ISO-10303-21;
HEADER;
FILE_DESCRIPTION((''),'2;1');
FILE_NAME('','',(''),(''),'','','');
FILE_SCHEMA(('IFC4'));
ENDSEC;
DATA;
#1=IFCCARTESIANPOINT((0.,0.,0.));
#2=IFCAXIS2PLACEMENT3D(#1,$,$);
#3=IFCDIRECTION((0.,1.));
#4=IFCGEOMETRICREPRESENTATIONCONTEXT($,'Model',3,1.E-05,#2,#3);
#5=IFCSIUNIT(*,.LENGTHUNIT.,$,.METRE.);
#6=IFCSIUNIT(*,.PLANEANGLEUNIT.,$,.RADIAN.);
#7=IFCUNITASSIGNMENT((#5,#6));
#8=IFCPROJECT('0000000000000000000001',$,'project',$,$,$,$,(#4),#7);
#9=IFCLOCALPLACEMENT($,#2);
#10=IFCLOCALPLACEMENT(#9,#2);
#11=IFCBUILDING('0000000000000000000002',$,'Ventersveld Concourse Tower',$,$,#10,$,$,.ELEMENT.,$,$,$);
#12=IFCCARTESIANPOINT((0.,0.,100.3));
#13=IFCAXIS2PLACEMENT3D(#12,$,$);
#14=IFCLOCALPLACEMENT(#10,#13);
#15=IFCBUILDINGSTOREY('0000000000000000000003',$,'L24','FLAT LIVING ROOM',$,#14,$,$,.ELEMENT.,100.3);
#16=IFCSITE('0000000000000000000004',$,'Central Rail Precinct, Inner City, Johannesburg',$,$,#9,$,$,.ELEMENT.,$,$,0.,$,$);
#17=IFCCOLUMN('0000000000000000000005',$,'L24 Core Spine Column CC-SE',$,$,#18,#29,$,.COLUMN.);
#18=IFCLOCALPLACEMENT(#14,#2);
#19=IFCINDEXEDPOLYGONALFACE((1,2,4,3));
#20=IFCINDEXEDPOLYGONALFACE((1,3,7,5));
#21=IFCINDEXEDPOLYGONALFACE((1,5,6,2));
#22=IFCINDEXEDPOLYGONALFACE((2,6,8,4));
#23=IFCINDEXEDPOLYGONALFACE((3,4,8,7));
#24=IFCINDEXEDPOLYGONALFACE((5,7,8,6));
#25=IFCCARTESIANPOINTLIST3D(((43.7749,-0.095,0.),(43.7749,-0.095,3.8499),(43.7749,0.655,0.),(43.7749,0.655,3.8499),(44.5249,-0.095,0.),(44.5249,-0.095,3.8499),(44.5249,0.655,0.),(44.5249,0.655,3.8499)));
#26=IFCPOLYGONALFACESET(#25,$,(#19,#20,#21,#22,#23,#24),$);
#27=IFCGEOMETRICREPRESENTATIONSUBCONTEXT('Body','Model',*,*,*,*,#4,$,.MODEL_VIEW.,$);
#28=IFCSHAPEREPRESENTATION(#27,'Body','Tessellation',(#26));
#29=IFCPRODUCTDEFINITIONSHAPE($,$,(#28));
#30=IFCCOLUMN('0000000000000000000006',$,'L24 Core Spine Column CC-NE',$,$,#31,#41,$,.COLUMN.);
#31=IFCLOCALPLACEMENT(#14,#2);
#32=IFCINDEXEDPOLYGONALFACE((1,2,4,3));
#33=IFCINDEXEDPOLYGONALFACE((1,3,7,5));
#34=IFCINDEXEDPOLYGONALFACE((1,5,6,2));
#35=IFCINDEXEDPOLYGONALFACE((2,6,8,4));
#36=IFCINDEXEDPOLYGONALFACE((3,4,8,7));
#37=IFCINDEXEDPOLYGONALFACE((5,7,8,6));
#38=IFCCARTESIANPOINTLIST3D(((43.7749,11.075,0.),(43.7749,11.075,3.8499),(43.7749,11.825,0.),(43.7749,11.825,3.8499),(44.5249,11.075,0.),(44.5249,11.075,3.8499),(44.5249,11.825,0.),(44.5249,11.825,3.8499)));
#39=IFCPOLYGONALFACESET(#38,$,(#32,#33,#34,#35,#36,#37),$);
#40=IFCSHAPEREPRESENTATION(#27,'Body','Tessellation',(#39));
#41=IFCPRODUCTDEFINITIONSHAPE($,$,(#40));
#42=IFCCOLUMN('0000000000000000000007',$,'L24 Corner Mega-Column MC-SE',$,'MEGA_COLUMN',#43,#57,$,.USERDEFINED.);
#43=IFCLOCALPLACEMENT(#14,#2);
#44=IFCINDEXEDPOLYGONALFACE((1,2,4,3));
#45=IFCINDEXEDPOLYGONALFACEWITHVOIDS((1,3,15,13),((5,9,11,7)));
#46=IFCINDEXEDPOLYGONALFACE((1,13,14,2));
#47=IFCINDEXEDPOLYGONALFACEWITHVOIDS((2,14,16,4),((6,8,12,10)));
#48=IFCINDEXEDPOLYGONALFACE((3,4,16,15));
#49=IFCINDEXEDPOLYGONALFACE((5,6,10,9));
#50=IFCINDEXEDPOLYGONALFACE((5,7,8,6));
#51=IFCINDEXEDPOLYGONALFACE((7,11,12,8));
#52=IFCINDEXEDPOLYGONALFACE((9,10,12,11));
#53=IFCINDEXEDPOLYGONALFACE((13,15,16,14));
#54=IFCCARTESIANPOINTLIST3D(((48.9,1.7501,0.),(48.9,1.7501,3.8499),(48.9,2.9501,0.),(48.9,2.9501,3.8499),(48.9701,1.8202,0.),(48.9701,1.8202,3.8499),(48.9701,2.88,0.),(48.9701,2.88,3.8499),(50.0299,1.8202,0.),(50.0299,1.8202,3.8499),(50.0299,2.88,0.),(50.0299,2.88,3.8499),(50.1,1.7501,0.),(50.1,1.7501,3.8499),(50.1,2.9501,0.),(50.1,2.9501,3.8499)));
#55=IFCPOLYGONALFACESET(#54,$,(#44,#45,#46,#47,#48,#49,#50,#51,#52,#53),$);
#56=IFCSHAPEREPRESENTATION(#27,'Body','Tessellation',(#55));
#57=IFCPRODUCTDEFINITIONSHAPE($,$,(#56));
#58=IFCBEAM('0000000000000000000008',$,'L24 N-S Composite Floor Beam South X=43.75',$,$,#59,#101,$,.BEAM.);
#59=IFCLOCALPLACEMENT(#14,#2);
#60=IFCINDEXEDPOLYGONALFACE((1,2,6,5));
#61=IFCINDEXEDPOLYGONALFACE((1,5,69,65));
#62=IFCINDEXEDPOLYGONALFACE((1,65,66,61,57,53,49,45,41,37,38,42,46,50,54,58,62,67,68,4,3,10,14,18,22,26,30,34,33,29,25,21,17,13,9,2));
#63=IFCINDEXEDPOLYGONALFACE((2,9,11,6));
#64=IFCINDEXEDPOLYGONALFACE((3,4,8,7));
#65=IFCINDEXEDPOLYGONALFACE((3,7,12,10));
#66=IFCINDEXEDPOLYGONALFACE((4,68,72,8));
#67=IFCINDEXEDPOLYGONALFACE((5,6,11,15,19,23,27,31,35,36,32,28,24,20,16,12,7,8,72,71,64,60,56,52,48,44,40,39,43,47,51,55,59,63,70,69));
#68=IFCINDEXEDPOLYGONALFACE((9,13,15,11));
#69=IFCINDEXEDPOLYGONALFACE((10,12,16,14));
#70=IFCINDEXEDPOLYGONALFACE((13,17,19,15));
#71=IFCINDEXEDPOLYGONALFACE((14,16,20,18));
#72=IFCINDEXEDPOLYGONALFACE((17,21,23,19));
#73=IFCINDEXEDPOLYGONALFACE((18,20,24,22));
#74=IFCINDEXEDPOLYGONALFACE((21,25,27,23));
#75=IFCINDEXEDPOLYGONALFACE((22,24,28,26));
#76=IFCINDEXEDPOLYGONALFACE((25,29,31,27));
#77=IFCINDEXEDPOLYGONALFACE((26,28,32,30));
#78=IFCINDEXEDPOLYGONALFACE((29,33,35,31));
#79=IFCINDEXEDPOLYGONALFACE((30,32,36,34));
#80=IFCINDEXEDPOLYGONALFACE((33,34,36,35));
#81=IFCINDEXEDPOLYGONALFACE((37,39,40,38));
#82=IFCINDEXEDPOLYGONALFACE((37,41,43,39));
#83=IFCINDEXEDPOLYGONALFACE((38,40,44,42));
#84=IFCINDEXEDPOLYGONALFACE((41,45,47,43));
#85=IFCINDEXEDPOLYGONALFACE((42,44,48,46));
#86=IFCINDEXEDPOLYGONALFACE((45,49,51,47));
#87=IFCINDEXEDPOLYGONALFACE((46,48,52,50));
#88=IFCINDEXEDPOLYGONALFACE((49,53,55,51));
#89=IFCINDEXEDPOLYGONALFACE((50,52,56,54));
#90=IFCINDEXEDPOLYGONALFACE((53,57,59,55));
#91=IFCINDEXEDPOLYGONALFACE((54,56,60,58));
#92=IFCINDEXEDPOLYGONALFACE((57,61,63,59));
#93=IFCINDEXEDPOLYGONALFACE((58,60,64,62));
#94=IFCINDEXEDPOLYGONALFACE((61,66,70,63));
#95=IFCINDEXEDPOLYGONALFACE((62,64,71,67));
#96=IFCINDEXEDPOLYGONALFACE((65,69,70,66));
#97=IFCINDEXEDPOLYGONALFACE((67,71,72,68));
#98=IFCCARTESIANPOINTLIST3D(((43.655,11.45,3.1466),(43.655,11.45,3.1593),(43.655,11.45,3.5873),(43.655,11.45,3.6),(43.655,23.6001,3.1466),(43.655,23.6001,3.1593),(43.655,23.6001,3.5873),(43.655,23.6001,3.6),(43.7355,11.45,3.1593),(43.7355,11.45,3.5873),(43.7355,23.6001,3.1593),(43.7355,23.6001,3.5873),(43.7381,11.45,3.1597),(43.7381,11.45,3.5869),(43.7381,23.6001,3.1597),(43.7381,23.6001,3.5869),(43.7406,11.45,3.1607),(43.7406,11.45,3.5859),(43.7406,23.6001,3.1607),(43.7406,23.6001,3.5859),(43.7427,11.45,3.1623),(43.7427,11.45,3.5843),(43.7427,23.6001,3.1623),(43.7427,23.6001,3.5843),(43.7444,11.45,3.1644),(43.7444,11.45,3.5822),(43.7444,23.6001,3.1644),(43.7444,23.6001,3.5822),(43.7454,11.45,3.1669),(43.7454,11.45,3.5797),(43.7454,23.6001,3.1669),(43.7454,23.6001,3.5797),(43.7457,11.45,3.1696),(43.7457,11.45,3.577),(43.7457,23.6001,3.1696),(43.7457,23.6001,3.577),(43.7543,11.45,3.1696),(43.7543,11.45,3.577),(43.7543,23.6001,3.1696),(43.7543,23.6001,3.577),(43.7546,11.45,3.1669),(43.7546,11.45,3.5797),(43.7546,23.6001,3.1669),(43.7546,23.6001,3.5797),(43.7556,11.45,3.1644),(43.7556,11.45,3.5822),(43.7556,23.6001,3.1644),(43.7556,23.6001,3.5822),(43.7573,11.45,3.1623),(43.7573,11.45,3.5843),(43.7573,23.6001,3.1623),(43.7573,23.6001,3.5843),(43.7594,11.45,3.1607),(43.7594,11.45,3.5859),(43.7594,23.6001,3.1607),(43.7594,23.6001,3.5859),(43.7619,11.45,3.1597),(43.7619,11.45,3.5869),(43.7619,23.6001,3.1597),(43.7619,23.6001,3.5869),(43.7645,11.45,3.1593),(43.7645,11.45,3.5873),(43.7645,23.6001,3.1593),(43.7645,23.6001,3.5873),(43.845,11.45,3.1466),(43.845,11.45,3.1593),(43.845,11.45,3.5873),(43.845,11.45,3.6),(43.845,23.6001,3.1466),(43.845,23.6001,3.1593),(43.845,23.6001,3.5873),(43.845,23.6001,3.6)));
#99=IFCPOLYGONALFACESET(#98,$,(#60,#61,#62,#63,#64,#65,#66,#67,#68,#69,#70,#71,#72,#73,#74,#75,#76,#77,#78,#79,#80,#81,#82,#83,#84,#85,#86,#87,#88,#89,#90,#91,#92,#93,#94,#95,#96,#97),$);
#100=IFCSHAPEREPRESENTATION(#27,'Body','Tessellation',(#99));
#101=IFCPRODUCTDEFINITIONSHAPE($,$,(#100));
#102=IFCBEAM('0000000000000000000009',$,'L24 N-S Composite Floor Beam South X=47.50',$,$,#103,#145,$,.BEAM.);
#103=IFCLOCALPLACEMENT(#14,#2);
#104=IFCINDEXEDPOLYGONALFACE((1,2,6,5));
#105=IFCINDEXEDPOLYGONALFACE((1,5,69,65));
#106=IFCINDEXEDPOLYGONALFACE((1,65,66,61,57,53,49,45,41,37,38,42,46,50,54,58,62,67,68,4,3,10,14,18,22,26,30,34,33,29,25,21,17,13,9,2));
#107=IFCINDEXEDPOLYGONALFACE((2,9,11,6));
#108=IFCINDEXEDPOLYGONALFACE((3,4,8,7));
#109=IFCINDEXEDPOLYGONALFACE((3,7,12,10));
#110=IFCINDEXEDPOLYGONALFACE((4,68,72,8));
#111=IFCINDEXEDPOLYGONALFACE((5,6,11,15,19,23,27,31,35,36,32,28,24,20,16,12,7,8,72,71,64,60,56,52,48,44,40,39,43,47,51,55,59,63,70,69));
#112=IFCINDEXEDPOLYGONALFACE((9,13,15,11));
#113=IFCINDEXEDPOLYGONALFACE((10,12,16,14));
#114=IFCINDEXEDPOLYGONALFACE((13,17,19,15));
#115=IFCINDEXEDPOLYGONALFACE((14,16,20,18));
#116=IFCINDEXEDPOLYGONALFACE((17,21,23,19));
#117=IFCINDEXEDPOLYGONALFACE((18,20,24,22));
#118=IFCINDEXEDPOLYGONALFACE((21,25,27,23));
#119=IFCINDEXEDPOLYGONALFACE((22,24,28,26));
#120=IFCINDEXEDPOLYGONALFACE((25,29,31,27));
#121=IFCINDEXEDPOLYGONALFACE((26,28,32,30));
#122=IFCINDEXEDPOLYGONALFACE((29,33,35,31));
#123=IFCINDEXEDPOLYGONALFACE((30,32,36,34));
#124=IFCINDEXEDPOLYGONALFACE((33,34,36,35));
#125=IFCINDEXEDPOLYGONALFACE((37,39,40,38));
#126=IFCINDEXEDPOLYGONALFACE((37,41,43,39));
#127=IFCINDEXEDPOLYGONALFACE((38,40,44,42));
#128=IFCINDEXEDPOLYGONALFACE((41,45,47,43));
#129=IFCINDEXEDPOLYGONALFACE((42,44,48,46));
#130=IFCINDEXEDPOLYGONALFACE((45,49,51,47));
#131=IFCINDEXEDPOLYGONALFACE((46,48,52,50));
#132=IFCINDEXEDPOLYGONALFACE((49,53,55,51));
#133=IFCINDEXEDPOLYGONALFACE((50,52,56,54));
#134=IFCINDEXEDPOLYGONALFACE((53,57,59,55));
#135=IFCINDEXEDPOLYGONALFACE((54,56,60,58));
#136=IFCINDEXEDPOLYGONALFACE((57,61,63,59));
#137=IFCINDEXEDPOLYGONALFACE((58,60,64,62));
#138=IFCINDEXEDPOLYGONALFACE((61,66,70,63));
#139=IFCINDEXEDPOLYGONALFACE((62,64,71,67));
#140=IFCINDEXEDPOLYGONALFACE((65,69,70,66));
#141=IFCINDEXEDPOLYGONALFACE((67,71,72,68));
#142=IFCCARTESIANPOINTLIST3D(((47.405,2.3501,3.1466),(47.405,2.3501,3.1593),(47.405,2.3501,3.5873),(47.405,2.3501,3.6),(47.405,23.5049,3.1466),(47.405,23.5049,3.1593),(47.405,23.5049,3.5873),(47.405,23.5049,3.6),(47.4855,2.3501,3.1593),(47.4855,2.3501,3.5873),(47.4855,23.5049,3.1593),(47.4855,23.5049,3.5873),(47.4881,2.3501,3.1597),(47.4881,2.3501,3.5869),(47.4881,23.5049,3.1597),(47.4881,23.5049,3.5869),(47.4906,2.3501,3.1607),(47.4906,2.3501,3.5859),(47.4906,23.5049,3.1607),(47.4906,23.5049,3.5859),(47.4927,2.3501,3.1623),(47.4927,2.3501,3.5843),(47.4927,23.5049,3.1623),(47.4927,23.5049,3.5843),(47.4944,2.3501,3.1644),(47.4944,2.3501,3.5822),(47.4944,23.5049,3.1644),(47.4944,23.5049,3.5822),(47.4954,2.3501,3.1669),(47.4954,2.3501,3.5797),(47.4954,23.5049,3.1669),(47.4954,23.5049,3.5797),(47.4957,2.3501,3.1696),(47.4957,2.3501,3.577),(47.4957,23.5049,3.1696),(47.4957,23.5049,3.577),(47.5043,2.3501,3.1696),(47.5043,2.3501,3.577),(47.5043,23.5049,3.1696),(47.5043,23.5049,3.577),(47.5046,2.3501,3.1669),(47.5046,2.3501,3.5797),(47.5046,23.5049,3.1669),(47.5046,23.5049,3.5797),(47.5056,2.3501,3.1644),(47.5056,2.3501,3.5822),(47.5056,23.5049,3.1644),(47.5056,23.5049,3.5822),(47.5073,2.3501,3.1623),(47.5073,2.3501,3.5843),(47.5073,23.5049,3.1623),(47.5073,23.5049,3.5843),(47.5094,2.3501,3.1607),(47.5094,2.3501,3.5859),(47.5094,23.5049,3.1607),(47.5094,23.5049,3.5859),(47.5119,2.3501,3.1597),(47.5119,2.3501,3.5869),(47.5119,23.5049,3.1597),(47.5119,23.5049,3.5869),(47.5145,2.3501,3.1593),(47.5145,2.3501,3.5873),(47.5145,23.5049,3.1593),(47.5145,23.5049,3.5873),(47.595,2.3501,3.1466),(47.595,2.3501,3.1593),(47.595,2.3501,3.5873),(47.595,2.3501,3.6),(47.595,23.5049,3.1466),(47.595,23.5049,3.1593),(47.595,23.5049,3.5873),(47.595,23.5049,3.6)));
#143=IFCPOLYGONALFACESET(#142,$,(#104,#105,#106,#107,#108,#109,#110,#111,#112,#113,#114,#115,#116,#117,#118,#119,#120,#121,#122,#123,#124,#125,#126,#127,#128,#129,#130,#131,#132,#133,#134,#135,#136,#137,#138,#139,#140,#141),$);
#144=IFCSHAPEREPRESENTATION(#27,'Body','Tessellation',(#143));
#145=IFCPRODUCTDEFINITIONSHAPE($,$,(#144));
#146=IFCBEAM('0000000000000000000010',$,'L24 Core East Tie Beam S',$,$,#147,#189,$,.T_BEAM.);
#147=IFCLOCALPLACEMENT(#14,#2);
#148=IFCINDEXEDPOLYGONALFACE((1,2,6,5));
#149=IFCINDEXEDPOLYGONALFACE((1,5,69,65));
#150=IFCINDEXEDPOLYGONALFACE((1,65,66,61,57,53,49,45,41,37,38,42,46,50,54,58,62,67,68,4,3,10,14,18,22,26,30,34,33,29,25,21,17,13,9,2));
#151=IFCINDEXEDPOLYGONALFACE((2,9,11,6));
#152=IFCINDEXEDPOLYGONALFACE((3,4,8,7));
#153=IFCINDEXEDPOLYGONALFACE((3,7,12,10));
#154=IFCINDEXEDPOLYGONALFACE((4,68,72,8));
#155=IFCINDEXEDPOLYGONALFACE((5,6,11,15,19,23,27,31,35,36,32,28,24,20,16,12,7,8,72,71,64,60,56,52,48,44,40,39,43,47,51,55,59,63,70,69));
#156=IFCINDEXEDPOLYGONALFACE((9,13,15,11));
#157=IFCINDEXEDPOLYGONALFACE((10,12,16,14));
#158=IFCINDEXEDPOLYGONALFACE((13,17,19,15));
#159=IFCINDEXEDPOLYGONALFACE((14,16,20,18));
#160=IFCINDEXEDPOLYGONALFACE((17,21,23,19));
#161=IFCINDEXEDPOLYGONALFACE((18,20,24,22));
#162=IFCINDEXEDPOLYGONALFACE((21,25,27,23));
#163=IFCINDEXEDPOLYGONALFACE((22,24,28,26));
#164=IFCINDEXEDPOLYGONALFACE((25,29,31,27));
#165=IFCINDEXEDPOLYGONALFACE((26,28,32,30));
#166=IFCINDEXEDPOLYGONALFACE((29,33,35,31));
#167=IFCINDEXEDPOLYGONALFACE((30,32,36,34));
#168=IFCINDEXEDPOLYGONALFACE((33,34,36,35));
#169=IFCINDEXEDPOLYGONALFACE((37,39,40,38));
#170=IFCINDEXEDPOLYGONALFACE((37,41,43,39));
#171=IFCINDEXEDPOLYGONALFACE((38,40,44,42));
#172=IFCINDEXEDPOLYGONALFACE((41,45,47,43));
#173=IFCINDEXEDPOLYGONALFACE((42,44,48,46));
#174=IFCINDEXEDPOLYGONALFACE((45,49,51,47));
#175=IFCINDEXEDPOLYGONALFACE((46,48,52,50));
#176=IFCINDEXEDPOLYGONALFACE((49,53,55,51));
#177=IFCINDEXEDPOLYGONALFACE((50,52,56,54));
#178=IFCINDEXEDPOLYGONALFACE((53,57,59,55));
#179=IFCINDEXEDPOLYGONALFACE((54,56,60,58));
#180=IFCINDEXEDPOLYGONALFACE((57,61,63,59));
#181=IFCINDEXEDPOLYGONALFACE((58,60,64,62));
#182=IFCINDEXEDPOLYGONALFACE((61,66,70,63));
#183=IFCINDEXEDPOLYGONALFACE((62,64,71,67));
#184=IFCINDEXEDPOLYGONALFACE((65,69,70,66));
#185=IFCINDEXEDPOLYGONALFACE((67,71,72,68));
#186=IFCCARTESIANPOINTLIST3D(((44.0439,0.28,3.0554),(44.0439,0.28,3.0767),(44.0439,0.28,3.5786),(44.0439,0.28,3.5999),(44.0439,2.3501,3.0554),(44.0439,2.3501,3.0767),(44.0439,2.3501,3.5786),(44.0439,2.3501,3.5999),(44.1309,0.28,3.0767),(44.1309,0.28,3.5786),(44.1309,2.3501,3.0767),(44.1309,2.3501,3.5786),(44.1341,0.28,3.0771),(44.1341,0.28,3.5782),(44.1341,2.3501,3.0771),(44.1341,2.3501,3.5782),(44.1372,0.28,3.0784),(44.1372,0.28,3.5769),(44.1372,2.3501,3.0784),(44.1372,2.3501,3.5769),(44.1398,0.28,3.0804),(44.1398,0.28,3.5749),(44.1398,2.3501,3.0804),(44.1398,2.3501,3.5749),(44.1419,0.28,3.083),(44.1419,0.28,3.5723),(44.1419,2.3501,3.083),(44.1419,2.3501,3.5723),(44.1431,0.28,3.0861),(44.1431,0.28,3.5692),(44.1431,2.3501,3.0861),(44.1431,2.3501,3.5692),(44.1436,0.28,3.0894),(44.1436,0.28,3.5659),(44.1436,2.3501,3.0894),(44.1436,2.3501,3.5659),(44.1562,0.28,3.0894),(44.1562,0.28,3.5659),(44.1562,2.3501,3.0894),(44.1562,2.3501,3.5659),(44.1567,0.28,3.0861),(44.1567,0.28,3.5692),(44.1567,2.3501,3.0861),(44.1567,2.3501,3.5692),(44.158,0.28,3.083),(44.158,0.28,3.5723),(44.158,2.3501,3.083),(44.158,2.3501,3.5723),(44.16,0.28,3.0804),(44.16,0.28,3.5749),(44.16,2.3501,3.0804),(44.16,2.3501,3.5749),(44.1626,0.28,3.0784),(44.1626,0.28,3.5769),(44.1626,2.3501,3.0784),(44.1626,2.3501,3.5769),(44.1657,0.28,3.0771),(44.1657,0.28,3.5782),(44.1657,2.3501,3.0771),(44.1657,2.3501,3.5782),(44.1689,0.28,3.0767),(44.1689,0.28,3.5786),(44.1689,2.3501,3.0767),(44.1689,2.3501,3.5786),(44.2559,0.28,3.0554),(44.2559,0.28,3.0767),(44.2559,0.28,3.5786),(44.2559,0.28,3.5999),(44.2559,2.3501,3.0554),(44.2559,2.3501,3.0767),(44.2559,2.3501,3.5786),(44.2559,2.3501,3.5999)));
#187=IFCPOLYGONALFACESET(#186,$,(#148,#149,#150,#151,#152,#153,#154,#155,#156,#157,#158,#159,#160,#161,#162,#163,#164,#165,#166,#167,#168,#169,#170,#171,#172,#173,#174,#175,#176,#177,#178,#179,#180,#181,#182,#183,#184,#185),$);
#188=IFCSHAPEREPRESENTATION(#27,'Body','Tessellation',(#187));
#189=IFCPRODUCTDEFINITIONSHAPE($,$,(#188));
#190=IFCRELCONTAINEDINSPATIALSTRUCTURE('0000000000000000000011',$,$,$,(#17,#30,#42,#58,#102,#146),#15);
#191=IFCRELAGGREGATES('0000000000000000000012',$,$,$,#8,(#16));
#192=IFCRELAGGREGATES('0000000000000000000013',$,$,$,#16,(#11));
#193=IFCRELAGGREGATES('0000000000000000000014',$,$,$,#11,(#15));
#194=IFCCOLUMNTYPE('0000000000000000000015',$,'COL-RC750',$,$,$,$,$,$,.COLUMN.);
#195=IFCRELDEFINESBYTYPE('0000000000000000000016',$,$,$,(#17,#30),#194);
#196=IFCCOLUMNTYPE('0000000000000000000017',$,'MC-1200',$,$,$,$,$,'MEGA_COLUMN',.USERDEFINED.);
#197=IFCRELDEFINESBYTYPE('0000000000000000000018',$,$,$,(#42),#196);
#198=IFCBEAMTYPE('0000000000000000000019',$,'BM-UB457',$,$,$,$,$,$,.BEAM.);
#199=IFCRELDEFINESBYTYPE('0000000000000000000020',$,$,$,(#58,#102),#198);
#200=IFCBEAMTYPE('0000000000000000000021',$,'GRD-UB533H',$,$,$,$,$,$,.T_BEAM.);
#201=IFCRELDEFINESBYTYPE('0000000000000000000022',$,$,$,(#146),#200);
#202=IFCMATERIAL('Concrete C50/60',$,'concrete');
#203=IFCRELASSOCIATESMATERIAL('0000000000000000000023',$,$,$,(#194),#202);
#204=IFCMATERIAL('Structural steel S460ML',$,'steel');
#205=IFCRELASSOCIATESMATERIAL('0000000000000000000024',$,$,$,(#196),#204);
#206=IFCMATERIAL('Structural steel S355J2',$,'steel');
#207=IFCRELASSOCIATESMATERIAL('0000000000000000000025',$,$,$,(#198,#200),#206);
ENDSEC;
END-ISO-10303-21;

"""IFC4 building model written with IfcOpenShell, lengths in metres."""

from ifc_helpers import new_model, si_unit, direction, frame, origin, origin_2d, place, context, subcontext, project, spatial, rectangle, hollow_rectangle, i_section, extrude, material, material_profile, profile_set, type_object, element, save


model = new_model("IFC4")

# Units and contexts
model_context = context("Model", 3, precision=1e-05, world=origin(), true_north=direction((0.0, 1.0)))
body_context = subcontext(model_context, "Body", "Model", "MODEL_VIEW")
ifc_project = project(units=[si_unit("LENGTHUNIT", "METRE"), si_unit("PLANEANGLEUNIT", "RADIAN")], contexts=[model_context])

# Site, building, storey
site_placement = place(None, origin())
site = spatial("IfcSite", under=ifc_project, at=site_placement, Name="Central Rail Precinct, Inner City, Johannesburg", CompositionType="ELEMENT", RefElevation=0.0)
building_placement = place(site_placement, origin())
building = spatial("IfcBuilding", under=site, at=building_placement, Name="Ventersveld Concourse Tower", CompositionType="ELEMENT")
storey_placement = place(building_placement, frame((0.0, 0.0, 100.3)))
storey = spatial("IfcBuildingStorey", under=building, at=storey_placement, Name="L24", Description="FLAT LIVING ROOM", CompositionType="ELEMENT", Elevation=100.3)

# Columns
ifc_material_1 = material(Name="Concrete C50/60", Category="concrete")
ifc_material_profile_1 = material_profile(ifc_material_1, rectangle(XDim=0.75, YDim=0.75, at=origin_2d()), Name="RC 750x750")
ifc_profile_set_1 = profile_set([ifc_material_profile_1], Name="Concrete C50/60")
column_type_1 = type_object("IfcColumnType", Name="COL-RC750", PredefinedType="COLUMN", material=ifc_profile_set_1)
for number, where, z_axis, x_axis, name in (
    (1, (44.1499, 0.28, 0.0), (0.0, 0.0, 1.0), (1.0, 0.0, 0.0), "L24 Core Spine Column CC-SE"),
    (2, (44.1499, 11.45, 0.0), (0.0, 0.0, 1.0), (1.0, 0.0, 0.0), "L24 Core Spine Column CC-NE"),
):
    element("IfcColumn", number, at=place(storey_placement, frame(where, z_axis=z_axis, x_axis=x_axis)), inside=storey, type_object=column_type_1, Name=name, PredefinedType="COLUMN", context=body_context, shape_type="SweptSolid", body=[
        extrude(rectangle(XDim=0.75, YDim=0.75, at=origin_2d()), origin(), (0.0, 0.0, 1.0), 3.8499),
    ])
ifc_material_2 = material(Name="Structural steel S460ML", Category="steel")
ifc_material_profile_2 = material_profile(ifc_material_2, hollow_rectangle(XDim=1.2, YDim=1.2, WallThickness=0.0701, at=origin_2d()), Name="BOX 1200x1200x70")
ifc_profile_set_2 = profile_set([ifc_material_profile_2], Name="Structural steel S460ML")
column_type_2 = type_object("IfcColumnType", Name="MC-1200", ElementType="MEGA_COLUMN", PredefinedType="USERDEFINED", material=ifc_profile_set_2)
column_placement = place(storey_placement, frame((49.5, 2.3501, 0.0), z_axis=(0.0, 0.0, 1.0), x_axis=(1.0, 0.0, 0.0)))
element("IfcColumn", 3, at=column_placement, inside=storey, type_object=column_type_2, Name="L24 Corner Mega-Column MC-SE", ObjectType="MEGA_COLUMN", PredefinedType="USERDEFINED", context=body_context, shape_type="SweptSolid", body=[
    extrude(hollow_rectangle(XDim=1.2, YDim=1.2, WallThickness=0.0701, at=origin_2d()), origin(), (0.0, 0.0, 1.0), 3.8499),
])

# Beams
ifc_material_3 = material(Name="Structural steel S355J2", Category="steel")
ifc_material_profile_3 = material_profile(ifc_material_3, i_section(OverallWidth=0.1899, OverallDepth=0.4534, WebThickness=0.0085, FlangeThickness=0.0127, FilletRadius=0.0103, at=origin_2d()), Name="UB 457x191x67")
ifc_profile_set_3 = profile_set([ifc_material_profile_3], Name="Structural steel S355J2")
beam_type_1 = type_object("IfcBeamType", Name="BM-UB457", PredefinedType="BEAM", material=ifc_profile_set_3)
beam_1_placement = place(storey_placement, frame((43.75, 11.45, 3.3733), z_axis=(0.0, 1.0, 0.0), x_axis=(-1.0, 0.0, 0.0)))
element("IfcBeam", 4, at=beam_1_placement, inside=storey, type_object=beam_type_1, Name="L24 N-S Composite Floor Beam South X=43.75", PredefinedType="BEAM", context=body_context, shape_type="SweptSolid", body=[
    extrude(i_section(OverallWidth=0.1899, OverallDepth=0.4534, WebThickness=0.0085, FlangeThickness=0.0127, FilletRadius=0.0103, at=origin_2d()), origin(), (0.0, 0.0, 1.0), 12.1501),
])
beam_2_placement = place(storey_placement, frame((47.5, 2.3501, 3.3733), z_axis=(0.0, 1.0, 0.0), x_axis=(-1.0, 0.0, 0.0)))
element("IfcBeam", 5, at=beam_2_placement, inside=storey, type_object=beam_type_1, Name="L24 N-S Composite Floor Beam South X=47.50", PredefinedType="BEAM", context=body_context, shape_type="SweptSolid", body=[
    extrude(i_section(OverallWidth=0.1899, OverallDepth=0.4534, WebThickness=0.0085, FlangeThickness=0.0127, FilletRadius=0.0103, at=origin_2d()), origin(), (0.0, 0.0, 1.0), 21.1548),
])
ifc_material_profile_4 = material_profile(ifc_material_3, i_section(OverallWidth=0.2119, OverallDepth=0.5444, WebThickness=0.0127, FlangeThickness=0.0212, FilletRadius=0.0127, at=origin_2d()), Name="UB 533x210x122")
ifc_profile_set_4 = profile_set([ifc_material_profile_4], Name="Structural steel S355J2")
beam_type_2 = type_object("IfcBeamType", Name="GRD-UB533H", PredefinedType="T_BEAM", material=ifc_profile_set_4)
beam_3_placement = place(storey_placement, frame((44.1499, 0.28, 3.3276), z_axis=(0.0, 1.0, 0.0), x_axis=(-1.0, 0.0, 0.0)))
element("IfcBeam", 6, at=beam_3_placement, inside=storey, type_object=beam_type_2, Name="L24 Core East Tie Beam S", PredefinedType="T_BEAM", context=body_context, shape_type="SweptSolid", body=[
    extrude(i_section(OverallWidth=0.2119, OverallDepth=0.5444, WebThickness=0.0127, FlangeThickness=0.0212, FilletRadius=0.0127, at=origin_2d()), origin(), (0.0, 0.0, 1.0), 2.0701),
])

save(model, "model.ifc")
